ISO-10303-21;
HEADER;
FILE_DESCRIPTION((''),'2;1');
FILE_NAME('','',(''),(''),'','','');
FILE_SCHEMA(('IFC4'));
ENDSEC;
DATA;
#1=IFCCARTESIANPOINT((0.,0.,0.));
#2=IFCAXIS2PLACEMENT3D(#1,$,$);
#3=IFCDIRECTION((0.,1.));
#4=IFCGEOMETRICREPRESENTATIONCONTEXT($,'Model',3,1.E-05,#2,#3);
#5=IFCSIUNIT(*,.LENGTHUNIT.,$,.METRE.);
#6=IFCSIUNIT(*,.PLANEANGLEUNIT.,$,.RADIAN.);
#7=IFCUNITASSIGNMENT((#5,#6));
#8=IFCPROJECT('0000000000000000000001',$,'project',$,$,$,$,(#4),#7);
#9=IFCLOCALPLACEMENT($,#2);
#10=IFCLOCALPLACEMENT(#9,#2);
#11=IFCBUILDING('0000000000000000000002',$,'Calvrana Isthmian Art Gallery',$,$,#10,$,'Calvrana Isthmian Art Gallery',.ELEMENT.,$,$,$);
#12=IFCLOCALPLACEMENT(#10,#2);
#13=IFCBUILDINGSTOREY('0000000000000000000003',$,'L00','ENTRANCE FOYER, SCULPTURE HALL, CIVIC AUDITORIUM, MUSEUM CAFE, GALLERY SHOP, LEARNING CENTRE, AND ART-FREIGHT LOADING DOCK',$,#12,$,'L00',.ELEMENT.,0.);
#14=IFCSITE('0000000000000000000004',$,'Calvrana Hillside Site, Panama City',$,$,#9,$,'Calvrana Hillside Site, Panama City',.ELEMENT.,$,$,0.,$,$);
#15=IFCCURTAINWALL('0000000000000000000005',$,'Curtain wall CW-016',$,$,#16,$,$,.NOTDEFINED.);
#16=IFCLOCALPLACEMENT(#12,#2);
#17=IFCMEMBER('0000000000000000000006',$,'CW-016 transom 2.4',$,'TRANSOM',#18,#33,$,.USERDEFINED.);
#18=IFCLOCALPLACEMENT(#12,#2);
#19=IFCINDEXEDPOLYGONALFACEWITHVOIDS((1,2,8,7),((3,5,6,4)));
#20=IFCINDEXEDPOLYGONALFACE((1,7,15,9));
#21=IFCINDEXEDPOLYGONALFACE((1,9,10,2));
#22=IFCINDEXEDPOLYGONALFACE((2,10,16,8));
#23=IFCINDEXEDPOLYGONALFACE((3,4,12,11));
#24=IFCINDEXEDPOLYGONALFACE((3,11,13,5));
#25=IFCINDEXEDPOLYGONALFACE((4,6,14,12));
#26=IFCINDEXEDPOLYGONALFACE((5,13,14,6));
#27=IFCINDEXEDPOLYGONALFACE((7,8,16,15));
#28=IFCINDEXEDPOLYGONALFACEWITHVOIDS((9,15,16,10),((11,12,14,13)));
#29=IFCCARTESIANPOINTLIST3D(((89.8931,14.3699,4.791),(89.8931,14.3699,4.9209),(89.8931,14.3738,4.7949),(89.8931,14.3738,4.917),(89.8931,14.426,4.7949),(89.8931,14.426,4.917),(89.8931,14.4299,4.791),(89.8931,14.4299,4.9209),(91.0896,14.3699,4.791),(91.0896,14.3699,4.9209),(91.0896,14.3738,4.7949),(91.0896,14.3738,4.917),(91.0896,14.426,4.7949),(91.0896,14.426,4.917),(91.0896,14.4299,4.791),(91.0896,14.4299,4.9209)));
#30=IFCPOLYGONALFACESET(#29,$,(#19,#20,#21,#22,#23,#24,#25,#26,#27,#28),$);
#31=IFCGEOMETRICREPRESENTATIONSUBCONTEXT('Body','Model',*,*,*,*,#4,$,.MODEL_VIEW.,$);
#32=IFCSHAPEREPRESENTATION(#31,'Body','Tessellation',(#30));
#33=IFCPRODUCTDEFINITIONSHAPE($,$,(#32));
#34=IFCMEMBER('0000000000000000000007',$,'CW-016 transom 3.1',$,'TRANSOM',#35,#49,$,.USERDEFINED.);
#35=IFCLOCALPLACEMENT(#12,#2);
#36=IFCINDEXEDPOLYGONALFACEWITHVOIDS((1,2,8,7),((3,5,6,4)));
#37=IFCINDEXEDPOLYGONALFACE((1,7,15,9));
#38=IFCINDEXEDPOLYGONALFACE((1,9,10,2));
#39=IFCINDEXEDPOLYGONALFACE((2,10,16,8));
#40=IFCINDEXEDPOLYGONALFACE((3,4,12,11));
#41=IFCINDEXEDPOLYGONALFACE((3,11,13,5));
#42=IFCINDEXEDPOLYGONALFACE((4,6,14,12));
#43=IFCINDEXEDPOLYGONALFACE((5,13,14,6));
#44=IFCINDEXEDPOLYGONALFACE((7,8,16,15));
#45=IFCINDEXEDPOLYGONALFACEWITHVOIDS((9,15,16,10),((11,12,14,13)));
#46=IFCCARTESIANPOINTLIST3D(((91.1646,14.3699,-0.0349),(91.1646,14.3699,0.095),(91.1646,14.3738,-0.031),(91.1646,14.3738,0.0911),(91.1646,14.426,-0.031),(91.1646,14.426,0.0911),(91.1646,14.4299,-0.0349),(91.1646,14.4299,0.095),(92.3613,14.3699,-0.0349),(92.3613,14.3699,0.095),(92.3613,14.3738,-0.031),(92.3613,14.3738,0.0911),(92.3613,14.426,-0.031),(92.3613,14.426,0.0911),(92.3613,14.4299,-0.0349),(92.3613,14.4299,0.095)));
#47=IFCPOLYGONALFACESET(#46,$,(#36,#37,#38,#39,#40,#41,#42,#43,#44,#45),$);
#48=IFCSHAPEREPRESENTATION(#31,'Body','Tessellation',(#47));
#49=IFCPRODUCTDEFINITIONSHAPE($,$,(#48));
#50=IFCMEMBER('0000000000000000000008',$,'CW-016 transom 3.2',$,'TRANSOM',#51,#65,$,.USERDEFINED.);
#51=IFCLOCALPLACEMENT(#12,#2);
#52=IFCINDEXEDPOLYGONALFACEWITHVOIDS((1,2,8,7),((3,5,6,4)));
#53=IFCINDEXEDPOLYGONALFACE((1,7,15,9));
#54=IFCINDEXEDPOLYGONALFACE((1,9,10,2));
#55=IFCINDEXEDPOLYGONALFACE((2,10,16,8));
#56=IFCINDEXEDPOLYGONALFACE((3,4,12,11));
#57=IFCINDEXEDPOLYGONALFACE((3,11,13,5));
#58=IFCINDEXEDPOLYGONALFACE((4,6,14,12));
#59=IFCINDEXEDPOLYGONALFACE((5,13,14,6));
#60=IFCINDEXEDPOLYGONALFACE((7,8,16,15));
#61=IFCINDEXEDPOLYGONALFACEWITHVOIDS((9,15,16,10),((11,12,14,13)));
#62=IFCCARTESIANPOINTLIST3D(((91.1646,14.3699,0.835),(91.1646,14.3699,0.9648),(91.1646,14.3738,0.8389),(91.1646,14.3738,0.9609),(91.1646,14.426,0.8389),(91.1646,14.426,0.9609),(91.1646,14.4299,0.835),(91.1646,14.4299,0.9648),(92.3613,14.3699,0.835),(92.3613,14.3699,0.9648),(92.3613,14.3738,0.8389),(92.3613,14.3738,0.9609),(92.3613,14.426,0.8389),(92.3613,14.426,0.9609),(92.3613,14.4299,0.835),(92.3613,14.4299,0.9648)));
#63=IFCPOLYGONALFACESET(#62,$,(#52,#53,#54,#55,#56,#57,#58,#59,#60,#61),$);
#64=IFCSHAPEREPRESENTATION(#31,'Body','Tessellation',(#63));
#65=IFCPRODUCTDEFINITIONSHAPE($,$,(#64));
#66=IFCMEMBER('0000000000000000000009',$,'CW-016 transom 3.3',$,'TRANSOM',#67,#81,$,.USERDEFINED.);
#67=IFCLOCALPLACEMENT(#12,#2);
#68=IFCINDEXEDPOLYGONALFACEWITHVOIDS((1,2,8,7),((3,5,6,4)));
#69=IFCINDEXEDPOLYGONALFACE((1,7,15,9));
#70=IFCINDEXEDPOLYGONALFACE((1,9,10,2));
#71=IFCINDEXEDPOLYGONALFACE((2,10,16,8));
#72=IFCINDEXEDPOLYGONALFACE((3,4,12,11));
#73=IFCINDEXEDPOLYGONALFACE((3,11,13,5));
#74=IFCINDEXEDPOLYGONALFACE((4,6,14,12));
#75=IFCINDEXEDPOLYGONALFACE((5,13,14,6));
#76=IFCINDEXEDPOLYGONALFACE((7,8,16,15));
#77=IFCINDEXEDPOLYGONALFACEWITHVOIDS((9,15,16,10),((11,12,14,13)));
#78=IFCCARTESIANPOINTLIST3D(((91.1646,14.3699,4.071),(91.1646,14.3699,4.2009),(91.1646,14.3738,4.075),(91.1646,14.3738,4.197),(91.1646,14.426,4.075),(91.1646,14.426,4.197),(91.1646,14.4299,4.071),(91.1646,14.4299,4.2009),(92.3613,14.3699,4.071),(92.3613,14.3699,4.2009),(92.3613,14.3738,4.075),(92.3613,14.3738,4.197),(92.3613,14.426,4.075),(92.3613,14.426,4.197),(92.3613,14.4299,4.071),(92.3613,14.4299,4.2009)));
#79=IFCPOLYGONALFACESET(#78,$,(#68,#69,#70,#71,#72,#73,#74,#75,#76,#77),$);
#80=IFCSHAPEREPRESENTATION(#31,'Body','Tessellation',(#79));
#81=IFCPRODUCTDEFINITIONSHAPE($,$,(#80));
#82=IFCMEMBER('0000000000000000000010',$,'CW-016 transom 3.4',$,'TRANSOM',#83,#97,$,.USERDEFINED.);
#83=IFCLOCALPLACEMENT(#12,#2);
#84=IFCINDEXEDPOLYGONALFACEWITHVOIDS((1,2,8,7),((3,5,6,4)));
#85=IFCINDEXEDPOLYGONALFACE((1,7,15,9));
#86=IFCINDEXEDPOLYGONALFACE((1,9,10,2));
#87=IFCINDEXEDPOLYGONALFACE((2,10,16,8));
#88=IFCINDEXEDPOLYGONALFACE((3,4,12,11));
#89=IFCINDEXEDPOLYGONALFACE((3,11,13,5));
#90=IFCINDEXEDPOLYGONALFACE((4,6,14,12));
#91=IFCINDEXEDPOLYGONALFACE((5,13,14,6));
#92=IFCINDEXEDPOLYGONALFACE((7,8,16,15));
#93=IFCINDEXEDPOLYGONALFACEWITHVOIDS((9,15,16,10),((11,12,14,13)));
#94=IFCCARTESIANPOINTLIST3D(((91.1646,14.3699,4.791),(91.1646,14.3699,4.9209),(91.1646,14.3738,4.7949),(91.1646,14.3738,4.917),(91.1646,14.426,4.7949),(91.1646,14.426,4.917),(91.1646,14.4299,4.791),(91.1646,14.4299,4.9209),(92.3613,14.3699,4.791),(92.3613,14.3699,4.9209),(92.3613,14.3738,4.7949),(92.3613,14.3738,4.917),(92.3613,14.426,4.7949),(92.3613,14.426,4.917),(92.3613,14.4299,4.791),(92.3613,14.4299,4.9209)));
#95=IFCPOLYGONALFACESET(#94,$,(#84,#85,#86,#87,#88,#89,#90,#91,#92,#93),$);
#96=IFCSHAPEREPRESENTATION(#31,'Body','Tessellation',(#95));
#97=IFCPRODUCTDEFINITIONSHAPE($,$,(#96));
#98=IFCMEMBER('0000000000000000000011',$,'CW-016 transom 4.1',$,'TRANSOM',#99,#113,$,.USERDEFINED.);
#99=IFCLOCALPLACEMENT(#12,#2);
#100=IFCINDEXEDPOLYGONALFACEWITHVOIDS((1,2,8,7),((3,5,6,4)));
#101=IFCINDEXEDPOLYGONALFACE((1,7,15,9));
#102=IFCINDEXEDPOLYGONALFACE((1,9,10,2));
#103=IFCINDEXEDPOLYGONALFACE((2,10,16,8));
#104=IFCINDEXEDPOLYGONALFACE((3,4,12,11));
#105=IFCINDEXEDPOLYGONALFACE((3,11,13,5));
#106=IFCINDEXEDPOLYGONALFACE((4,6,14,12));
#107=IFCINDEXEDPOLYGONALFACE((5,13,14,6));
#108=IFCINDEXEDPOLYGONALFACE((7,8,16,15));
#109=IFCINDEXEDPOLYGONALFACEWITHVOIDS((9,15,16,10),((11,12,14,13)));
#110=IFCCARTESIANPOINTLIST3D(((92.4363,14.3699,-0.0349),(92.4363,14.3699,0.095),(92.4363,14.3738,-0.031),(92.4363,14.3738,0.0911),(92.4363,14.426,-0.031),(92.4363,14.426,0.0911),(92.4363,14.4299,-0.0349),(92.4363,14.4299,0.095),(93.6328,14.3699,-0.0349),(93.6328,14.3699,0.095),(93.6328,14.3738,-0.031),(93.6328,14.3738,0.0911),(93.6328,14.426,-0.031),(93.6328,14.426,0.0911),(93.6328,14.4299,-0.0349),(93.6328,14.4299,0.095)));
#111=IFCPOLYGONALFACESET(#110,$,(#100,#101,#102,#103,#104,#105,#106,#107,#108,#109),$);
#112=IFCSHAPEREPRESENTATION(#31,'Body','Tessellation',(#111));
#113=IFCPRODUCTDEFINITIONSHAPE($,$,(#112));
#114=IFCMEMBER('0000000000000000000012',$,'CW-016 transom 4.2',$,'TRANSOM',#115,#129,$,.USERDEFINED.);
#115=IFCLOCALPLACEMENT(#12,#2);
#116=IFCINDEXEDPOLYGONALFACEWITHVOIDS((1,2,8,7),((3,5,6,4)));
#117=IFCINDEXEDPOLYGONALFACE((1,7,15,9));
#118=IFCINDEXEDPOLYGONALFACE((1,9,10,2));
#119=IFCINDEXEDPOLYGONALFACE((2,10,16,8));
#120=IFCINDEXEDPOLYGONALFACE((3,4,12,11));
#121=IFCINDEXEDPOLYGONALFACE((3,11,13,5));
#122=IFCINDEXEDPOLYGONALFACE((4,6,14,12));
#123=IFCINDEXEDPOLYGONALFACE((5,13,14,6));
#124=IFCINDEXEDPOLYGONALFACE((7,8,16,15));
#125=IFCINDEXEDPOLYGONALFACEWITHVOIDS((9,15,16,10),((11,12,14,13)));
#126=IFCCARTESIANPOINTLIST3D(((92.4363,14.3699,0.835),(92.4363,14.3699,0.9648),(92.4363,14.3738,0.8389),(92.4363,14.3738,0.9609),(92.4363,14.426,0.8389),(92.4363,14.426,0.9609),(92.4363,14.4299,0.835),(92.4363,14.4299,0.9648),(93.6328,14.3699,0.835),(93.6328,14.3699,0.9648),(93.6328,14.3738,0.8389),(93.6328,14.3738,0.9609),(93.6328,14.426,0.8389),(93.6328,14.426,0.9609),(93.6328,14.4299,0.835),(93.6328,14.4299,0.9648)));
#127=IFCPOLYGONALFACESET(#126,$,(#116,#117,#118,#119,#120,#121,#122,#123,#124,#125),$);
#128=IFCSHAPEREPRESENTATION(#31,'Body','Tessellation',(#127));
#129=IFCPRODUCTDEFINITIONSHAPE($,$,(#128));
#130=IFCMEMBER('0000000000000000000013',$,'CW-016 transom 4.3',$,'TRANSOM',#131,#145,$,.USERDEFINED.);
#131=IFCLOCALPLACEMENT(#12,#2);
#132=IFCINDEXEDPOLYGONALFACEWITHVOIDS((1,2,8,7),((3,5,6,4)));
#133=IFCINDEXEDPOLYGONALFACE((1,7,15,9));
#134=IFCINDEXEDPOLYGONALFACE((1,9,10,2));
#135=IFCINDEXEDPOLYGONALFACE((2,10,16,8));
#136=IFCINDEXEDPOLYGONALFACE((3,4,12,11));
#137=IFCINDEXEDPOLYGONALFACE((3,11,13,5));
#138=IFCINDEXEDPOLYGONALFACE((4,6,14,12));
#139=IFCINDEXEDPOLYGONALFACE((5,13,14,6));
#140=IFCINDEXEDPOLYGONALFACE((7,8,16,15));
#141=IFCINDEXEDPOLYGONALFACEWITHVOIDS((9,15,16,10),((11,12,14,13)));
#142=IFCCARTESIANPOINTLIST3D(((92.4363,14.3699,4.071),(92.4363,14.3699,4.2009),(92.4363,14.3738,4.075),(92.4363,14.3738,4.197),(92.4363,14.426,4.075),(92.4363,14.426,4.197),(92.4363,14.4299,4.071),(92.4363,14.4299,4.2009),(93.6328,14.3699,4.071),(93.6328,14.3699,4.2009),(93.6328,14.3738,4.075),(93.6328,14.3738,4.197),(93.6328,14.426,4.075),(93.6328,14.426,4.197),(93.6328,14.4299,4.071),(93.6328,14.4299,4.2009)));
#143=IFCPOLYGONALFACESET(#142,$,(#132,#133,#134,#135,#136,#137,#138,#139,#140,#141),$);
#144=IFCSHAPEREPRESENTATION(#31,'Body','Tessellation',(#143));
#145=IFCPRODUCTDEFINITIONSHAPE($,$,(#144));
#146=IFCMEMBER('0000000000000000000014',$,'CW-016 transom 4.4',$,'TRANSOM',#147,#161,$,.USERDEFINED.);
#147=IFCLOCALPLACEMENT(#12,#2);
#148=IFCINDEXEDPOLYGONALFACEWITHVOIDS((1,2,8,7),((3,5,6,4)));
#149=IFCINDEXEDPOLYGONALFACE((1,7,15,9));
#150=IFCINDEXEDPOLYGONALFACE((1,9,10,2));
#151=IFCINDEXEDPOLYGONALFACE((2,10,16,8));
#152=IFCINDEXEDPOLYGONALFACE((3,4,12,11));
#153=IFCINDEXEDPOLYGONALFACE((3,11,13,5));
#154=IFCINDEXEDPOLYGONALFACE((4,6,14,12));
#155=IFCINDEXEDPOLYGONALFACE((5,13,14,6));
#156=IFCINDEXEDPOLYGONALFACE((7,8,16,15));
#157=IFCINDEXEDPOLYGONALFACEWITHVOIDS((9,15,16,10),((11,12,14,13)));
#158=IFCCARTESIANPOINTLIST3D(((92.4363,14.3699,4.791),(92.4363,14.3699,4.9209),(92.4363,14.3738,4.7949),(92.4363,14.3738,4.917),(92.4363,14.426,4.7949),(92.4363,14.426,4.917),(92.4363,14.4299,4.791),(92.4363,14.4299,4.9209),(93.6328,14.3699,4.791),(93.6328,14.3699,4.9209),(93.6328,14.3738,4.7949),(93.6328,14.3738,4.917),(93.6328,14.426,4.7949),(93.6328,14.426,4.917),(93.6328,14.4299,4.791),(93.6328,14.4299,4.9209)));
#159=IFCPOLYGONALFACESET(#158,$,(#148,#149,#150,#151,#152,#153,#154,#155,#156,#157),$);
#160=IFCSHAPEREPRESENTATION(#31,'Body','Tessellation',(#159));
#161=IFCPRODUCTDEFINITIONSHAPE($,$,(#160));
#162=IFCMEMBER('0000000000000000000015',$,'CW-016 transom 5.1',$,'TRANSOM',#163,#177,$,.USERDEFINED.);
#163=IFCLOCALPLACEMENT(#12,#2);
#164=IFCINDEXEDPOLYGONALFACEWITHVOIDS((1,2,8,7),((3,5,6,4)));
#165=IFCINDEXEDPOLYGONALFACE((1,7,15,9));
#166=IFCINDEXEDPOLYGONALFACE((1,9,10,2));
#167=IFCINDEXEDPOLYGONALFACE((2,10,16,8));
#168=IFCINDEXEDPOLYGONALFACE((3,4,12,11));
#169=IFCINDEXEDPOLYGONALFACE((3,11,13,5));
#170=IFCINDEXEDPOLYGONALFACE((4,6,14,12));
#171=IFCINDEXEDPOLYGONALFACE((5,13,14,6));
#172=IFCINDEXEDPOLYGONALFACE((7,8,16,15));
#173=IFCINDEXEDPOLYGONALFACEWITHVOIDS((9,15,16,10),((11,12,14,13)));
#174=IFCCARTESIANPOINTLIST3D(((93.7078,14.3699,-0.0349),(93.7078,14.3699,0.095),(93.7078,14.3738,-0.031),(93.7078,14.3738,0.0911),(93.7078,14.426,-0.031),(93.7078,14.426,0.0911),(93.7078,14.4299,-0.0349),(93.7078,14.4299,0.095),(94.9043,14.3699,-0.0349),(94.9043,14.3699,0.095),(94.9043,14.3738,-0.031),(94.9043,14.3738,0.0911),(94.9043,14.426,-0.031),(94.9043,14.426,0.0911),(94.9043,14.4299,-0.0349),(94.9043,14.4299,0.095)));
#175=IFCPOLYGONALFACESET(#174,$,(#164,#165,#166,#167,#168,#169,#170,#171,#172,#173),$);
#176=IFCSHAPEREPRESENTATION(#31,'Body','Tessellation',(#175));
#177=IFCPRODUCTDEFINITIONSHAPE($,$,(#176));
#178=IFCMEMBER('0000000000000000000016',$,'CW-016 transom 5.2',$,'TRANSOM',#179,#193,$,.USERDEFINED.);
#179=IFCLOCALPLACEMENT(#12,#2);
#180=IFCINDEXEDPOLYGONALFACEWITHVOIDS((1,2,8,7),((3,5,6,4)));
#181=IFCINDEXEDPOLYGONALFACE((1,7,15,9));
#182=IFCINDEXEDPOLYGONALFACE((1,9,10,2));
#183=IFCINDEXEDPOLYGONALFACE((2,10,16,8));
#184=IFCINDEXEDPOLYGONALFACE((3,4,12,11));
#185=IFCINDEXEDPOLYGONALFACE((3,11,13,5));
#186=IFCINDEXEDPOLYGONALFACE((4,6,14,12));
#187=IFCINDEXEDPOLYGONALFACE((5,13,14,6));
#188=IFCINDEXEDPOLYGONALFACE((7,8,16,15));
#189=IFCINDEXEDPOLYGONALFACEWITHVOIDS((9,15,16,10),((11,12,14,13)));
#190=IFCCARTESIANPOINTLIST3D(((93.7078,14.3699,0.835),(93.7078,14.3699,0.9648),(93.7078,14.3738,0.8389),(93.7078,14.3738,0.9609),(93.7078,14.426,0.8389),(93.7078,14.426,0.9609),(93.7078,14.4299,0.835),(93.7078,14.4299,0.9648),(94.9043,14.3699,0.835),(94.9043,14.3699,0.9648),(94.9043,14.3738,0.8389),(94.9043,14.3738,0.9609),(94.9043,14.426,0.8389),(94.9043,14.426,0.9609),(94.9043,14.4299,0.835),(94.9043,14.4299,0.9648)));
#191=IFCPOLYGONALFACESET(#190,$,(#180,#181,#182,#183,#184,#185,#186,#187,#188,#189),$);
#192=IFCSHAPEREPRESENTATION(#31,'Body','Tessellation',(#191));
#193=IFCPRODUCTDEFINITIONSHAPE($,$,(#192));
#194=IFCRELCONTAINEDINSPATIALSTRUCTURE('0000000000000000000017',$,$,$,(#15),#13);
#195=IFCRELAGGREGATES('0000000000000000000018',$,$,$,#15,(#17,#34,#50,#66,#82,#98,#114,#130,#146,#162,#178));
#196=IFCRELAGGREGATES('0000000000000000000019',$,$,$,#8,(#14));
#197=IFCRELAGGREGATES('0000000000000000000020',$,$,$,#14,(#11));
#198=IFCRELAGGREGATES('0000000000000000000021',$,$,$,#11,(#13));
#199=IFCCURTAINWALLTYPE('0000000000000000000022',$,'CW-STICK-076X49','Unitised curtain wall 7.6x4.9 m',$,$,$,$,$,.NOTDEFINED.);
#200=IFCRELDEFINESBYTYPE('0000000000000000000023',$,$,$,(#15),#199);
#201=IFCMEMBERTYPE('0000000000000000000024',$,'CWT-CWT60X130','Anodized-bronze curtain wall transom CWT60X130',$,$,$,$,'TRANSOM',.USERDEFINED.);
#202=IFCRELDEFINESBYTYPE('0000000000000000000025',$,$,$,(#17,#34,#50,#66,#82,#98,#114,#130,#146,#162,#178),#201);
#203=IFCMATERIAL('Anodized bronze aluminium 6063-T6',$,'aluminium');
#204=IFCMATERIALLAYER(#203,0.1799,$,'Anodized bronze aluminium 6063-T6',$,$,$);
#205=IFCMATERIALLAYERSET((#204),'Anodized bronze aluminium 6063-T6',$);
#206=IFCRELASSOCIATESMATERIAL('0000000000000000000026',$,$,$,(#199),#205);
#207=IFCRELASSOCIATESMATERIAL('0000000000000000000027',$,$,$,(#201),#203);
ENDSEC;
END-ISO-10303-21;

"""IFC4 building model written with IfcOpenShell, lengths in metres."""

from ifc_helpers import new_model, si_unit, direction, frame, origin, origin_2d, place, context, subcontext, project, spatial, hollow_rectangle, extrude, material, layer, layer_set, material_profile, profile_set, type_object, element, aggregate, save


model = new_model("IFC4")

# Units and contexts
model_context = context("Model", 3, precision=1e-05, world=origin(), true_north=direction((0.0, 1.0)))
body_context = subcontext(model_context, "Body", "Model", "MODEL_VIEW")
ifc_project = project(units=[si_unit("LENGTHUNIT", "METRE"), si_unit("PLANEANGLEUNIT", "RADIAN")], contexts=[model_context])

# Site, building, storey
site_placement = place(None, origin())
site = spatial("IfcSite", under=ifc_project, at=site_placement, Name="Calvrana Hillside Site, Panama City", LongName="Calvrana Hillside Site, Panama City", CompositionType="ELEMENT", RefElevation=0.0)
building_placement = place(site_placement, origin())
building = spatial("IfcBuilding", under=site, at=building_placement, Name="Calvrana Isthmian Art Gallery", LongName="Calvrana Isthmian Art Gallery", CompositionType="ELEMENT")
storey_placement = place(building_placement, origin())
storey = spatial("IfcBuildingStorey", under=building, at=storey_placement, Name="L00", Description="ENTRANCE FOYER, SCULPTURE HALL, CIVIC AUDITORIUM, MUSEUM CAFE, GALLERY SHOP, LEARNING CENTRE, AND ART-FREIGHT LOADING DOCK", LongName="L00", CompositionType="ELEMENT", Elevation=0.0)

# Curtain wall, members
ifc_material_1 = material(Name="Anodized bronze aluminium 6063-T6", Category="aluminium")
ifc_layer_1 = layer(ifc_material_1, 0.1799, Name="Anodized bronze aluminium 6063-T6")
ifc_layer_set_1 = layer_set([ifc_layer_1], Name="Anodized bronze aluminium 6063-T6")
curtain_wall_type = type_object("IfcCurtainWallType", Name="CW-STICK-076X49", Description="Unitised curtain wall 7.6x4.9 m", PredefinedType="NOTDEFINED", material=ifc_layer_set_1)
curtain_wall_placement = place(storey_placement, origin())
curtain_wall = element("IfcCurtainWall", 1, at=curtain_wall_placement, inside=storey, type_object=curtain_wall_type, Name="Curtain wall CW-016", PredefinedType="NOTDEFINED")
ifc_material_profile_1 = material_profile(ifc_material_1, hollow_rectangle(XDim=0.0601, YDim=0.1299, WallThickness=0.0039, at=origin_2d()), Name="CWT60X130")
ifc_profile_set_1 = profile_set([ifc_material_profile_1], Name="Anodized bronze aluminium 6063-T6")
member_type_1 = type_object("IfcMemberType", Name="CWT-CWT60X130", Description="Anodized-bronze curtain wall transom CWT60X130", ElementType="TRANSOM", PredefinedType="USERDEFINED", material=ifc_profile_set_1)
member_1_placement = place(storey_placement, frame((89.8931, 14.3999, 4.856), z_axis=(1.0, 0.0, 0.0), x_axis=(0.0, 1.0, 0.0)))
member_1 = element("IfcMember", 2, at=member_1_placement, type_object=member_type_1, Name="CW-016 transom 2.4", ObjectType="TRANSOM", PredefinedType="USERDEFINED", context=body_context, shape_type="SweptSolid", body=[
    extrude(hollow_rectangle(XDim=0.0601, YDim=0.1299, WallThickness=0.0039, at=origin_2d()), origin(), (0.0, 0.0, 1.0), 1.1965),
])
member_2_placement = place(storey_placement, frame((91.1646, 14.3999, 0.03), z_axis=(1.0, 0.0, 0.0), x_axis=(0.0, 1.0, 0.0)))
member_2 = element("IfcMember", 3, at=member_2_placement, type_object=member_type_1, Name="CW-016 transom 3.1", ObjectType="TRANSOM", PredefinedType="USERDEFINED", context=body_context, shape_type="SweptSolid", body=[
    extrude(hollow_rectangle(XDim=0.0601, YDim=0.1299, WallThickness=0.0039, at=origin_2d()), origin(), (0.0, 0.0, 1.0), 1.1968),
])
member_3_placement = place(storey_placement, frame((91.1646, 14.3999, 0.8999), z_axis=(1.0, 0.0, 0.0), x_axis=(0.0, 1.0, 0.0)))
member_3 = element("IfcMember", 4, at=member_3_placement, type_object=member_type_1, Name="CW-016 transom 3.2", ObjectType="TRANSOM", PredefinedType="USERDEFINED", context=body_context, shape_type="SweptSolid", body=[
    extrude(hollow_rectangle(XDim=0.0601, YDim=0.1299, WallThickness=0.0039, at=origin_2d()), origin(), (0.0, 0.0, 1.0), 1.1968),
])
member_4_placement = place(storey_placement, frame((91.1646, 14.3999, 4.136), z_axis=(1.0, 0.0, 0.0), x_axis=(0.0, 1.0, 0.0)))
member_4 = element("IfcMember", 5, at=member_4_placement, type_object=member_type_1, Name="CW-016 transom 3.3", ObjectType="TRANSOM", PredefinedType="USERDEFINED", context=body_context, shape_type="SweptSolid", body=[
    extrude(hollow_rectangle(XDim=0.0601, YDim=0.1299, WallThickness=0.0039, at=origin_2d()), origin(), (0.0, 0.0, 1.0), 1.1968),
])
member_5_placement = place(storey_placement, frame((91.1646, 14.3999, 4.856), z_axis=(1.0, 0.0, 0.0), x_axis=(0.0, 1.0, 0.0)))
member_5 = element("IfcMember", 6, at=member_5_placement, type_object=member_type_1, Name="CW-016 transom 3.4", ObjectType="TRANSOM", PredefinedType="USERDEFINED", context=body_context, shape_type="SweptSolid", body=[
    extrude(hollow_rectangle(XDim=0.0601, YDim=0.1299, WallThickness=0.0039, at=origin_2d()), origin(), (0.0, 0.0, 1.0), 1.1968),
])
member_6_placement = place(storey_placement, frame((92.4363, 14.3999, 0.03), z_axis=(1.0, 0.0, 0.0), x_axis=(0.0, 1.0, 0.0)))
member_6 = element("IfcMember", 7, at=member_6_placement, type_object=member_type_1, Name="CW-016 transom 4.1", ObjectType="TRANSOM", PredefinedType="USERDEFINED", context=body_context, shape_type="SweptSolid", body=[
    extrude(hollow_rectangle(XDim=0.0601, YDim=0.1299, WallThickness=0.0039, at=origin_2d()), origin(), (0.0, 0.0, 1.0), 1.1965),
])
member_7_placement = place(storey_placement, frame((92.4363, 14.3999, 0.8999), z_axis=(1.0, 0.0, 0.0), x_axis=(0.0, 1.0, 0.0)))
member_7 = element("IfcMember", 8, at=member_7_placement, type_object=member_type_1, Name="CW-016 transom 4.2", ObjectType="TRANSOM", PredefinedType="USERDEFINED", context=body_context, shape_type="SweptSolid", body=[
    extrude(hollow_rectangle(XDim=0.0601, YDim=0.1299, WallThickness=0.0039, at=origin_2d()), origin(), (0.0, 0.0, 1.0), 1.1965),
])
member_8_placement = place(storey_placement, frame((92.4363, 14.3999, 4.136), z_axis=(1.0, 0.0, 0.0), x_axis=(0.0, 1.0, 0.0)))
member_8 = element("IfcMember", 9, at=member_8_placement, type_object=member_type_1, Name="CW-016 transom 4.3", ObjectType="TRANSOM", PredefinedType="USERDEFINED", context=body_context, shape_type="SweptSolid", body=[
    extrude(hollow_rectangle(XDim=0.0601, YDim=0.1299, WallThickness=0.0039, at=origin_2d()), origin(), (0.0, 0.0, 1.0), 1.1965),
])
member_9_placement = place(storey_placement, frame((92.4363, 14.3999, 4.856), z_axis=(1.0, 0.0, 0.0), x_axis=(0.0, 1.0, 0.0)))
member_9 = element("IfcMember", 10, at=member_9_placement, type_object=member_type_1, Name="CW-016 transom 4.4", ObjectType="TRANSOM", PredefinedType="USERDEFINED", context=body_context, shape_type="SweptSolid", body=[
    extrude(hollow_rectangle(XDim=0.0601, YDim=0.1299, WallThickness=0.0039, at=origin_2d()), origin(), (0.0, 0.0, 1.0), 1.1965),
])
member_10_placement = place(storey_placement, frame((93.7078, 14.3999, 0.03), z_axis=(1.0, 0.0, 0.0), x_axis=(0.0, 1.0, 0.0)))
member_10 = element("IfcMember", 11, at=member_10_placement, type_object=member_type_1, Name="CW-016 transom 5.1", ObjectType="TRANSOM", PredefinedType="USERDEFINED", context=body_context, shape_type="SweptSolid", body=[
    extrude(hollow_rectangle(XDim=0.0601, YDim=0.1299, WallThickness=0.0039, at=origin_2d()), origin(), (0.0, 0.0, 1.0), 1.1965),
])
member_11_placement = place(storey_placement, frame((93.7078, 14.3999, 0.8999), z_axis=(1.0, 0.0, 0.0), x_axis=(0.0, 1.0, 0.0)))
member_11 = element("IfcMember", 12, at=member_11_placement, type_object=member_type_1, Name="CW-016 transom 5.2", ObjectType="TRANSOM", PredefinedType="USERDEFINED", context=body_context, shape_type="SweptSolid", body=[
    extrude(hollow_rectangle(XDim=0.0601, YDim=0.1299, WallThickness=0.0039, at=origin_2d()), origin(), (0.0, 0.0, 1.0), 1.1965),
])
aggregate(curtain_wall, [member_1, member_2, member_3, member_4, member_5, member_6, member_7, member_8, member_9, member_10, member_11])

save(model, "model.ifc")
